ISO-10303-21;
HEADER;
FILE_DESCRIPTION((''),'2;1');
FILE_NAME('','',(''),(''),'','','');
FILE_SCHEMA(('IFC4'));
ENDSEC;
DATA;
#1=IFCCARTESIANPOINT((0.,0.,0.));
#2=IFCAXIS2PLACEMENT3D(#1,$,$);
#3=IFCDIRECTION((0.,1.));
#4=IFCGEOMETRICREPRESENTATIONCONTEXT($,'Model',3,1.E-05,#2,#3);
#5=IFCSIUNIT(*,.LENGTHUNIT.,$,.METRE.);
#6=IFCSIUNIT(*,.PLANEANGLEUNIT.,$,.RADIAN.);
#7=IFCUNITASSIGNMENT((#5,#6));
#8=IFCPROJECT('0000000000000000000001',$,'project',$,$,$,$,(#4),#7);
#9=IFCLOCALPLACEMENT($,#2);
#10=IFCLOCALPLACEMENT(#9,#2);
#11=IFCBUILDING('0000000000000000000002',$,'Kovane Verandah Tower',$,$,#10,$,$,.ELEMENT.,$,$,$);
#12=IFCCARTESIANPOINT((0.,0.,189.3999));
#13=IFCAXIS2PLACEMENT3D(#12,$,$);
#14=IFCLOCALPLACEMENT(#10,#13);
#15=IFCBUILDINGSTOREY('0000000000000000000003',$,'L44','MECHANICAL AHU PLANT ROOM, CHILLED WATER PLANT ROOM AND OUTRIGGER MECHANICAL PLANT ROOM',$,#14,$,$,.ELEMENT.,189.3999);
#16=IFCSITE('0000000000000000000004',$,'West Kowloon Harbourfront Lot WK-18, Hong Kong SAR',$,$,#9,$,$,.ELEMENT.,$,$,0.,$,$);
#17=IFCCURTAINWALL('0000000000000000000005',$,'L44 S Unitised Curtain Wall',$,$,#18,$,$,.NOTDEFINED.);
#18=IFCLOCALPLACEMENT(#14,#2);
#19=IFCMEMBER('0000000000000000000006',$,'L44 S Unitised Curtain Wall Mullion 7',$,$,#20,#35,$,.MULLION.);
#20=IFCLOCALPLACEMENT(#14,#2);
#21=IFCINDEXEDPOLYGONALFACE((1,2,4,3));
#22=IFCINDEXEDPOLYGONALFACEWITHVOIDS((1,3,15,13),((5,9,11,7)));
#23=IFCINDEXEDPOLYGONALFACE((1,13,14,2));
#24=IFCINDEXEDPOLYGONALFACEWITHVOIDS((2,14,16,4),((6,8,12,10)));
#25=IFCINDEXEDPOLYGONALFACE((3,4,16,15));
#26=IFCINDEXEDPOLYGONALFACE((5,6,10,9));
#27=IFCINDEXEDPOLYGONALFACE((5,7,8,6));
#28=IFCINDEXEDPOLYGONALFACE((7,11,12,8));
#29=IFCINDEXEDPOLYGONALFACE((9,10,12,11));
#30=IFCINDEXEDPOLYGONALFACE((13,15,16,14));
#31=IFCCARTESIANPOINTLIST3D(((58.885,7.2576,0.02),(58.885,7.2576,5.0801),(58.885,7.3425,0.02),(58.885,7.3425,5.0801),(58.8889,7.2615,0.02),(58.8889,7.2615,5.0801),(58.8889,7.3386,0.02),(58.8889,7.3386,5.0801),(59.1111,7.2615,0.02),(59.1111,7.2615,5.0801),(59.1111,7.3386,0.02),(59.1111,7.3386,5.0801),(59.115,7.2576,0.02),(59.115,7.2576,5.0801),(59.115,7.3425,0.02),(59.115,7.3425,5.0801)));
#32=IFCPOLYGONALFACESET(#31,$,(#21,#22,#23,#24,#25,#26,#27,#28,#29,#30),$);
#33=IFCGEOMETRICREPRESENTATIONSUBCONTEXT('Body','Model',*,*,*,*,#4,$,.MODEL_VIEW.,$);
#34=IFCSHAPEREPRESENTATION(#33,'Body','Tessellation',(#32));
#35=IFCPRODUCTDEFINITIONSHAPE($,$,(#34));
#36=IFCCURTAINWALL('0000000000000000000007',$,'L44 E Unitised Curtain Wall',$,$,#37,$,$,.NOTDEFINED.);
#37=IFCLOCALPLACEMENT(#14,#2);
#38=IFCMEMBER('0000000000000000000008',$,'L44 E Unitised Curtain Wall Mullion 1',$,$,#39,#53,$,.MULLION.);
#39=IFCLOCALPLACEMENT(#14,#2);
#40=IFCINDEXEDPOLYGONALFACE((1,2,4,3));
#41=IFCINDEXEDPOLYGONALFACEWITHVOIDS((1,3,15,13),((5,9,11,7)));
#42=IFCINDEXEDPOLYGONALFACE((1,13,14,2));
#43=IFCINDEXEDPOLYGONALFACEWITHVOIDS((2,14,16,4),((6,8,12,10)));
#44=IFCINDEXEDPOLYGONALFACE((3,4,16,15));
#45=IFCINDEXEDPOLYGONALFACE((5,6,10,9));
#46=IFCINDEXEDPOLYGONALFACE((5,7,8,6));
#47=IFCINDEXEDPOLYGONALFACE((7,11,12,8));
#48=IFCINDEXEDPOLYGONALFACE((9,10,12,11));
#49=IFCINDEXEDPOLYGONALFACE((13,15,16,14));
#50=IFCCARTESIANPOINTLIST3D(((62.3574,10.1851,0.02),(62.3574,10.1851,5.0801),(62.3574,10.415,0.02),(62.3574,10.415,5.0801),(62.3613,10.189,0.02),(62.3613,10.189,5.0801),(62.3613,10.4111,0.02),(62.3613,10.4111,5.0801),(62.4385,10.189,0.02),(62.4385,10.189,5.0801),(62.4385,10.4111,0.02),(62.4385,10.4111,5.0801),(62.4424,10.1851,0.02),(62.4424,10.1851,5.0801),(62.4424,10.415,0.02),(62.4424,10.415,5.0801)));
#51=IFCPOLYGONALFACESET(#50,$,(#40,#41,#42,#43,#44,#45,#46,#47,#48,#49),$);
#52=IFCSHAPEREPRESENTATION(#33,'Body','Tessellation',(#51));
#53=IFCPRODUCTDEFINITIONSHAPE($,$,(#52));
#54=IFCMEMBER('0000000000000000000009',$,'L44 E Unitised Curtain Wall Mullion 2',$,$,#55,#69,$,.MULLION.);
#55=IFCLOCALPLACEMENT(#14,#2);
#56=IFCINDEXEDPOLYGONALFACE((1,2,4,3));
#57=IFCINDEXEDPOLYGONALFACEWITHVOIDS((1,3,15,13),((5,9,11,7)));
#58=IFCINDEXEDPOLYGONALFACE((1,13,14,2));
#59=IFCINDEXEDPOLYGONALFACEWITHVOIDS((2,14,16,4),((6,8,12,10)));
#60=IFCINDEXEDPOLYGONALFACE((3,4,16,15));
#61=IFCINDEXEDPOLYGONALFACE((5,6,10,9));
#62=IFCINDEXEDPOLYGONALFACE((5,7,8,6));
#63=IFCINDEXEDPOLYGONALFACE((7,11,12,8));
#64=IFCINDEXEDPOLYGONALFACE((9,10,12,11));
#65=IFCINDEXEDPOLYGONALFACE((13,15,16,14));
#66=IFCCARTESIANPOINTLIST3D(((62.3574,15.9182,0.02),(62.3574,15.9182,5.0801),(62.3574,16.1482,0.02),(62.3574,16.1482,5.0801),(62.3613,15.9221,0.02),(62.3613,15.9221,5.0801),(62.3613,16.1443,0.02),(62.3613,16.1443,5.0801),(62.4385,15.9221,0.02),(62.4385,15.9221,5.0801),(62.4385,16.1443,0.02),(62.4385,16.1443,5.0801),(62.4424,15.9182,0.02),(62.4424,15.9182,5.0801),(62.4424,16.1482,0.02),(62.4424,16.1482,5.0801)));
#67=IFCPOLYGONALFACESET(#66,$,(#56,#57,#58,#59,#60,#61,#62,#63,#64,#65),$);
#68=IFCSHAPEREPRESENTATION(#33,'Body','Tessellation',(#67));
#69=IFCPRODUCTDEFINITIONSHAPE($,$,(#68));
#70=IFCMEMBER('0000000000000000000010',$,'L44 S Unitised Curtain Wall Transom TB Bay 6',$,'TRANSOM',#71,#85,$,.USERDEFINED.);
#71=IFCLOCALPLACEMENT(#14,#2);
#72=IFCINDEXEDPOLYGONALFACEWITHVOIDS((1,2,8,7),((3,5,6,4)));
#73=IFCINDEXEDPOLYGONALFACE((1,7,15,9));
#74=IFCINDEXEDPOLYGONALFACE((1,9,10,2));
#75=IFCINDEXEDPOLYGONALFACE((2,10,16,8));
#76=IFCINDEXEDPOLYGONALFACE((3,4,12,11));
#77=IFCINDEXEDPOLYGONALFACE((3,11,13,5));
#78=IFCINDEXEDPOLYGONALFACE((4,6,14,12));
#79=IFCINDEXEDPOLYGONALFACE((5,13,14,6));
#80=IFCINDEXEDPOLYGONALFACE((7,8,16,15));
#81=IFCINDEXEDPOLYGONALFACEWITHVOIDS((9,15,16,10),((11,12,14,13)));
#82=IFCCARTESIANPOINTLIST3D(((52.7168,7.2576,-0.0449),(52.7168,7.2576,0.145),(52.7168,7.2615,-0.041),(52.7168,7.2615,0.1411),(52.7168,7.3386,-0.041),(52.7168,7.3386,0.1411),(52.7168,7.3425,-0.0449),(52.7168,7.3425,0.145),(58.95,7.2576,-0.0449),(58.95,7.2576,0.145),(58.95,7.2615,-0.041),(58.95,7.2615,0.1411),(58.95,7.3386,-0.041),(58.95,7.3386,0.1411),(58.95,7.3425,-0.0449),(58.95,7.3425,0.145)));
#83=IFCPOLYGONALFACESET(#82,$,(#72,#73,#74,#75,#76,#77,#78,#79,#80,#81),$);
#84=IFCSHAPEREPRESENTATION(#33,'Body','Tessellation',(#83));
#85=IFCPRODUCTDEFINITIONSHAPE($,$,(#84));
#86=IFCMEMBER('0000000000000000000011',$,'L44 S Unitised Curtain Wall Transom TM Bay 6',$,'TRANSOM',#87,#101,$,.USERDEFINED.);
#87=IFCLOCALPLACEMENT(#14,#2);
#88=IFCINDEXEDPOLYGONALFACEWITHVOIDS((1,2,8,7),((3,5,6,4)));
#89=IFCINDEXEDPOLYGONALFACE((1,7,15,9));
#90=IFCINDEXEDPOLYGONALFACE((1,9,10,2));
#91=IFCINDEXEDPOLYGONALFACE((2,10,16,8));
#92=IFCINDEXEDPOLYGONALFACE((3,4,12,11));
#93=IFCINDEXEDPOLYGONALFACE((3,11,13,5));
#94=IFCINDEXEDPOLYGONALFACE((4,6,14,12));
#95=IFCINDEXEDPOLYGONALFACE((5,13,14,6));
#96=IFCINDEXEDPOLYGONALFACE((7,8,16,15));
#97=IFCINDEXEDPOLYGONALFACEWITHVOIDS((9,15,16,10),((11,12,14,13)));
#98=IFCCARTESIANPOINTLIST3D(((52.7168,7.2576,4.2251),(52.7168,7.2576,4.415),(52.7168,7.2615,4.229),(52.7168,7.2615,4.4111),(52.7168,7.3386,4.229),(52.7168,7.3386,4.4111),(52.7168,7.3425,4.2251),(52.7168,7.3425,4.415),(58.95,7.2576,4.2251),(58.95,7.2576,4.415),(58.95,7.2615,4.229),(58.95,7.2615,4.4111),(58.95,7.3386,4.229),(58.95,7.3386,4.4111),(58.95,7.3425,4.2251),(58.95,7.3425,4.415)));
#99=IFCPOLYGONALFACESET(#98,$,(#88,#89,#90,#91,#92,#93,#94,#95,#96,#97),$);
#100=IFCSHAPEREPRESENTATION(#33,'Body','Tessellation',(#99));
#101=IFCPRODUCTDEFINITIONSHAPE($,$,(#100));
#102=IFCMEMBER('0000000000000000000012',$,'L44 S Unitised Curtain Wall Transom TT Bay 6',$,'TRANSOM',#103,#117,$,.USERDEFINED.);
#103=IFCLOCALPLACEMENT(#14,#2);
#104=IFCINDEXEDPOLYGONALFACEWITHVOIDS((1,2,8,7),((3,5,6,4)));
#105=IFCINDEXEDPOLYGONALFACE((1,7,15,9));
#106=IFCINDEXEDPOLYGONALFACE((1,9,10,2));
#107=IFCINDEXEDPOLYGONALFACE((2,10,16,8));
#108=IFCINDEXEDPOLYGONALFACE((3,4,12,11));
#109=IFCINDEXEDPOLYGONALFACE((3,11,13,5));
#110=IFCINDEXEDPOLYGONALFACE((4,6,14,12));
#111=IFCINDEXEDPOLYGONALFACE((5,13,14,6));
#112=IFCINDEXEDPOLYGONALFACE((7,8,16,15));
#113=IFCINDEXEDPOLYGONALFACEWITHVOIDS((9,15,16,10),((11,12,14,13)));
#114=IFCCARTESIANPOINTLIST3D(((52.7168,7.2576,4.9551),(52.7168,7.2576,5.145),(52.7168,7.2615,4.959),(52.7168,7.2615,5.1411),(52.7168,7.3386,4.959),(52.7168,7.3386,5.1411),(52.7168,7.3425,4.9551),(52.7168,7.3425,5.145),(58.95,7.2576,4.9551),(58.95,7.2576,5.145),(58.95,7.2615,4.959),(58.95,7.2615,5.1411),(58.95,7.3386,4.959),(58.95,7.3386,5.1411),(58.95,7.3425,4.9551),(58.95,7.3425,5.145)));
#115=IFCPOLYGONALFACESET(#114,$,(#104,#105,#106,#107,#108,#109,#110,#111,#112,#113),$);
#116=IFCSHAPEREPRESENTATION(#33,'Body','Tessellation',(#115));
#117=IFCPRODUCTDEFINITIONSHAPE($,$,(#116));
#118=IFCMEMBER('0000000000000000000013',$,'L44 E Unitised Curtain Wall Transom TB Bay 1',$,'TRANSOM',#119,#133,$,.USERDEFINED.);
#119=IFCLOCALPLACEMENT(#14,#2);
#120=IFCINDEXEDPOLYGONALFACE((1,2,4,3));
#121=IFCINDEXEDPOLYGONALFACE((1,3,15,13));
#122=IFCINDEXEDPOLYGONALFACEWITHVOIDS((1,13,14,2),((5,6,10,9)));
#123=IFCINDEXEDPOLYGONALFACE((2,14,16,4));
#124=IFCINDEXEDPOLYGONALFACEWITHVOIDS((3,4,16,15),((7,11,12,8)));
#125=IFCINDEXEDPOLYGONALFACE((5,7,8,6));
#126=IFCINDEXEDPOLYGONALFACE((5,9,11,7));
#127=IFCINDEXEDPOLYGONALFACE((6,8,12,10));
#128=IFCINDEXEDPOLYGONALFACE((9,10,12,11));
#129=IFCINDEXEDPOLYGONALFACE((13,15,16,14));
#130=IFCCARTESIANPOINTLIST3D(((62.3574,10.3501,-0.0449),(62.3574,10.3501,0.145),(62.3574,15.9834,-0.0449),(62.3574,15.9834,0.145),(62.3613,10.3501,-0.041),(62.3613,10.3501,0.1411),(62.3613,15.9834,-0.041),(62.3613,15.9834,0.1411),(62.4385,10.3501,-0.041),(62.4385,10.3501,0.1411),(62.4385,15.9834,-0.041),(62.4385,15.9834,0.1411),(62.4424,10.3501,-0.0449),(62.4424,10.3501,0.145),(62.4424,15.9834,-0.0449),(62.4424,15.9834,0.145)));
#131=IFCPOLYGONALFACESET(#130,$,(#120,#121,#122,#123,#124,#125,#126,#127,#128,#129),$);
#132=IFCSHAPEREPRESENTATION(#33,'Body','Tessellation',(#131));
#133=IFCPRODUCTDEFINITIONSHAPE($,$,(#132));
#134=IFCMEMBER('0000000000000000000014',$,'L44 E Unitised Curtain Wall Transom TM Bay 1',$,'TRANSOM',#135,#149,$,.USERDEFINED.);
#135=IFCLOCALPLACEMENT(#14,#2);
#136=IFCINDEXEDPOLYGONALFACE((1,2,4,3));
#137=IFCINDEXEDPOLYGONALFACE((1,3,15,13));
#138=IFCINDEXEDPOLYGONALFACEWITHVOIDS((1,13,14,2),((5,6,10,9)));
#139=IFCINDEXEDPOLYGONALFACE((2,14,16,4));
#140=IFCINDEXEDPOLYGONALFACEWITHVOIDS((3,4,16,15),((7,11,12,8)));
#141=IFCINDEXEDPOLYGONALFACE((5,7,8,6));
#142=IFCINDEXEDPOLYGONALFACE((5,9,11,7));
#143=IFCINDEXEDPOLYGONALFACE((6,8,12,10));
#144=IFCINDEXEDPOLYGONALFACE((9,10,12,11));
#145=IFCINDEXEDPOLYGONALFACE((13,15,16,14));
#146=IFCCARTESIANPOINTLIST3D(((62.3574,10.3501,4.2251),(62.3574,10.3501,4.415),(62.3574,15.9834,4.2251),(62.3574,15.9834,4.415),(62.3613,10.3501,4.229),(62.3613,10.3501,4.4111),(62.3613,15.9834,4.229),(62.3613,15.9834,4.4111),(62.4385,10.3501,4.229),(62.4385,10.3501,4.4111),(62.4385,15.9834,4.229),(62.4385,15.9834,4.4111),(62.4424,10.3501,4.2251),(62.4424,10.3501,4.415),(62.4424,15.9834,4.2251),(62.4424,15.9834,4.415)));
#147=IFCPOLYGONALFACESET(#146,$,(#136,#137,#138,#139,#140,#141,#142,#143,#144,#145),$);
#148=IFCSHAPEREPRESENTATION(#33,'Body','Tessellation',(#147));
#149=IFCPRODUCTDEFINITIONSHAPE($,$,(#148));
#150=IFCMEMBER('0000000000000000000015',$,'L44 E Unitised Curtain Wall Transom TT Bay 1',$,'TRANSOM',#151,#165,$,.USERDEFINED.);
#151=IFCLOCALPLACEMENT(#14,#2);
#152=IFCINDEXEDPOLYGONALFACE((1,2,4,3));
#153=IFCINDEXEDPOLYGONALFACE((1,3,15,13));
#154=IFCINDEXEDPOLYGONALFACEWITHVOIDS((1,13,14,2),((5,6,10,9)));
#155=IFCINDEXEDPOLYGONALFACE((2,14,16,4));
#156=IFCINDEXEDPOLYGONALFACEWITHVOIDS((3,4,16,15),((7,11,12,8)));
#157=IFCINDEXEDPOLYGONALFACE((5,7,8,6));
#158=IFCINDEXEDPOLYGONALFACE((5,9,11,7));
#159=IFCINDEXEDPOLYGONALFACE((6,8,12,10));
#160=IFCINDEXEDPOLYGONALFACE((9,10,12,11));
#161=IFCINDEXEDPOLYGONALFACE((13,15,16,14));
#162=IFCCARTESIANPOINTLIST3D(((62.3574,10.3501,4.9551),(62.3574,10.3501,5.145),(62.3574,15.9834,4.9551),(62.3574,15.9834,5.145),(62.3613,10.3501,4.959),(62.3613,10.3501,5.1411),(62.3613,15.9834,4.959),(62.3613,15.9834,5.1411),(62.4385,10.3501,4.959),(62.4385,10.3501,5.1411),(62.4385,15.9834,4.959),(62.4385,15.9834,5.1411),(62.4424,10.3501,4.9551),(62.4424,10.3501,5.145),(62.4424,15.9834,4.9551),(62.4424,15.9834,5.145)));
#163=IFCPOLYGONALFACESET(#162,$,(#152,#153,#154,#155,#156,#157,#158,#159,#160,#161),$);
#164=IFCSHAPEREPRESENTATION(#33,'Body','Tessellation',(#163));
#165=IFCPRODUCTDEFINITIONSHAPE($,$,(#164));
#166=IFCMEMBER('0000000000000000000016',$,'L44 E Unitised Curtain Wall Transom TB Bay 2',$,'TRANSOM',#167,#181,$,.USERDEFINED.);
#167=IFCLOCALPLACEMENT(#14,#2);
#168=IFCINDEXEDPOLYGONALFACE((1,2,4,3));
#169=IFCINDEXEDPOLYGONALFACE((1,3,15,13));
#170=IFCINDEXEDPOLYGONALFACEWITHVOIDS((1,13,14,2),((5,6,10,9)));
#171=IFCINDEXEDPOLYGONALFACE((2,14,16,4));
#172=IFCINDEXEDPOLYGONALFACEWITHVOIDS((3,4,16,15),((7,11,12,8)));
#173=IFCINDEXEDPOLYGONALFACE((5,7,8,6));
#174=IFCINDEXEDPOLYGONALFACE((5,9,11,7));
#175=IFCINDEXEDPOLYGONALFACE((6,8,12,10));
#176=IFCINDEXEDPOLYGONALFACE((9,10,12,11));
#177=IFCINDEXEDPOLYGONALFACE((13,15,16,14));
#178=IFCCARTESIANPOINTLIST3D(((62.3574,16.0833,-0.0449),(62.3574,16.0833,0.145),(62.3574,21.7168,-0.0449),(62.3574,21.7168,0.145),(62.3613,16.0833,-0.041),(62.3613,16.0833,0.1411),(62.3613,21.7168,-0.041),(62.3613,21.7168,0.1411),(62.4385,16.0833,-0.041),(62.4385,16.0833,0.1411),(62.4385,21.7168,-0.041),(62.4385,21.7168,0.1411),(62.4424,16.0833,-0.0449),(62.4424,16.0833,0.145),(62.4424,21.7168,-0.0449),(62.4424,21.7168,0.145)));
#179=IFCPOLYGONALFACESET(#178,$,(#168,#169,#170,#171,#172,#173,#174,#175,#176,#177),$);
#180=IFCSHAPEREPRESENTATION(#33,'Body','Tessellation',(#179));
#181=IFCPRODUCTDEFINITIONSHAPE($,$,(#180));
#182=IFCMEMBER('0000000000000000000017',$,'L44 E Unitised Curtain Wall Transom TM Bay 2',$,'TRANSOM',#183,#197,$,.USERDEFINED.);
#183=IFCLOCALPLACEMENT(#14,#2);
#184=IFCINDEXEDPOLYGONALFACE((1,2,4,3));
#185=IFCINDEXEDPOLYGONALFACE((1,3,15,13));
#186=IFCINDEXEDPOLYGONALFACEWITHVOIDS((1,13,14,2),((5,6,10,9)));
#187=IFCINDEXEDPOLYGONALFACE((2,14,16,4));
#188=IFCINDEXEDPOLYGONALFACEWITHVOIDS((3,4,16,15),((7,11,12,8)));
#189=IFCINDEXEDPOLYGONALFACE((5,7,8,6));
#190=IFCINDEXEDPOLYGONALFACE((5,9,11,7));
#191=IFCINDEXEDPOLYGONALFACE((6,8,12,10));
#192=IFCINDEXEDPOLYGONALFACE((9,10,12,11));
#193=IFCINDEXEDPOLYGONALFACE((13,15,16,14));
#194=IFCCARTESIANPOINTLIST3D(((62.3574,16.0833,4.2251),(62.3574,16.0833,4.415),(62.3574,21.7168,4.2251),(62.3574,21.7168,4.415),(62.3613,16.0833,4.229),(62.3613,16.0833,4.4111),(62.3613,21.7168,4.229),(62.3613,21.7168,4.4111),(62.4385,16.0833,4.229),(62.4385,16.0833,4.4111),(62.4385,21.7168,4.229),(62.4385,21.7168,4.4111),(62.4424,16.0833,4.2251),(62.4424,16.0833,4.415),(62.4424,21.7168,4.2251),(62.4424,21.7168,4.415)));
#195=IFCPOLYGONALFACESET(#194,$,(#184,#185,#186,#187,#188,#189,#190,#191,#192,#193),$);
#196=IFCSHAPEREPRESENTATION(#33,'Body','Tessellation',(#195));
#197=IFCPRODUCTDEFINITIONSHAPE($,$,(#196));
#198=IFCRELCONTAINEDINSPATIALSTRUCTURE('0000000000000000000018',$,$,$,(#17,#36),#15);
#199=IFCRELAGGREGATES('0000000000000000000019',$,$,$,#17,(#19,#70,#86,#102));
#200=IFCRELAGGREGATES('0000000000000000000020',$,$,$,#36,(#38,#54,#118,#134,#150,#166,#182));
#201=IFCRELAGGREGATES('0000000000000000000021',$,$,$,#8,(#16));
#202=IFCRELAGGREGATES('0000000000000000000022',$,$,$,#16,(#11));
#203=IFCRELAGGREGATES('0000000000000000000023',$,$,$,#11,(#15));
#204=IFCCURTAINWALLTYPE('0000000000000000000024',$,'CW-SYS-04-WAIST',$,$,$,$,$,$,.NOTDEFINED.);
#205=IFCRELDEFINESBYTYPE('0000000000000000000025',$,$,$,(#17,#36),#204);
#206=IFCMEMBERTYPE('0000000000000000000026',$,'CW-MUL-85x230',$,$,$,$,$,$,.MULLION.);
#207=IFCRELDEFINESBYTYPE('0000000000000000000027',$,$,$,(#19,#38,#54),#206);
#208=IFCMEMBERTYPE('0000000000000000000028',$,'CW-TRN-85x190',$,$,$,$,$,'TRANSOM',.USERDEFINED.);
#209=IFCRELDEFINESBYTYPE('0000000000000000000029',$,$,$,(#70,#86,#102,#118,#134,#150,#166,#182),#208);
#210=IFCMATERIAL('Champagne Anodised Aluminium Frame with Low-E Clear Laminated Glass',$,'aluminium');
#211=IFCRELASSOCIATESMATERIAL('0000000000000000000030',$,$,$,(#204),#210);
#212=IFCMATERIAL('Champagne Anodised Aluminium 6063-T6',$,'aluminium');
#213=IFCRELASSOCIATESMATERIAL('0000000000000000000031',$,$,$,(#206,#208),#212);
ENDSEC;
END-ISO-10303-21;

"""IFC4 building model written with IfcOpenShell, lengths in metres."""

from ifc_helpers import new_model, si_unit, direction, frame, origin, origin_2d, place, context, subcontext, project, spatial, hollow_rectangle, extrude, material, material_profile, profile_set, type_object, element, aggregate, save


model = new_model("IFC4")

# Units and contexts
model_context = context("Model", 3, precision=1e-05, world=origin(), true_north=direction((0.0, 1.0)))
body_context = subcontext(model_context, "Body", "Model", "MODEL_VIEW")
ifc_project = project(units=[si_unit("LENGTHUNIT", "METRE"), si_unit("PLANEANGLEUNIT", "RADIAN")], contexts=[model_context])

# Site, building, storey
site_placement = place(None, origin())
site = spatial("IfcSite", under=ifc_project, at=site_placement, Name="West Kowloon Harbourfront Lot WK-18, Hong Kong SAR", CompositionType="ELEMENT", RefElevation=0.0)
building_placement = place(site_placement, origin())
building = spatial("IfcBuilding", under=site, at=building_placement, Name="Kovane Verandah Tower", CompositionType="ELEMENT")
storey_placement = place(building_placement, frame((0.0, 0.0, 189.3999)))
storey = spatial("IfcBuildingStorey", under=building, at=storey_placement, Name="L44", Description="MECHANICAL AHU PLANT ROOM, CHILLED WATER PLANT ROOM AND OUTRIGGER MECHANICAL PLANT ROOM", CompositionType="ELEMENT", Elevation=189.3999)

# Curtain walls, members
ifc_material_1 = material(Name="Champagne Anodised Aluminium Frame with Low-E Clear Laminated Glass", Category="aluminium")
curtain_wall_type = type_object("IfcCurtainWallType", Name="CW-SYS-04-WAIST", PredefinedType="NOTDEFINED", material=ifc_material_1)
curtain_wall_1_placement = place(storey_placement, origin())
curtain_wall_1 = element("IfcCurtainWall", 1, at=curtain_wall_1_placement, inside=storey, type_object=curtain_wall_type, Name="L44 S Unitised Curtain Wall", PredefinedType="NOTDEFINED")
ifc_material_2 = material(Name="Champagne Anodised Aluminium 6063-T6", Category="aluminium")
ifc_material_profile_1 = material_profile(ifc_material_2, hollow_rectangle(XDim=0.085, YDim=0.23, WallThickness=0.0039, at=origin_2d()), Name="AL85x230x4")
ifc_profile_set_1 = profile_set([ifc_material_profile_1], Name="Champagne Anodised Aluminium 6063-T6")
member_type_1 = type_object("IfcMemberType", Name="CW-MUL-85x230", PredefinedType="MULLION", material=ifc_profile_set_1)
member_1_placement = place(storey_placement, frame((59.0, 7.3, 0.02), z_axis=(0.0, 0.0, 1.0), x_axis=(0.0, -1.0, 0.0)))
member_1 = element("IfcMember", 2, at=member_1_placement, type_object=member_type_1, Name="L44 S Unitised Curtain Wall Mullion 7", PredefinedType="MULLION", context=body_context, shape_type="SweptSolid", body=[
    extrude(hollow_rectangle(XDim=0.085, YDim=0.23, WallThickness=0.0039, at=origin_2d()), origin(), (0.0, 0.0, 1.0), 5.0601),
])
curtain_wall_2_placement = place(storey_placement, origin())
curtain_wall_2 = element("IfcCurtainWall", 3, at=curtain_wall_2_placement, inside=storey, type_object=curtain_wall_type, Name="L44 E Unitised Curtain Wall", PredefinedType="NOTDEFINED")
member_2_placement = place(storey_placement, frame((62.3999, 10.3, 0.02), z_axis=(0.0, 0.0, 1.0), x_axis=(1.0, 0.0, 0.0)))
member_2 = element("IfcMember", 4, at=member_2_placement, type_object=member_type_1, Name="L44 E Unitised Curtain Wall Mullion 1", PredefinedType="MULLION", context=body_context, shape_type="SweptSolid", body=[
    extrude(hollow_rectangle(XDim=0.085, YDim=0.23, WallThickness=0.0039, at=origin_2d()), origin(), (0.0, 0.0, 1.0), 5.0601),
])
member_3_placement = place(storey_placement, frame((62.3999, 16.0332, 0.02), z_axis=(0.0, 0.0, 1.0), x_axis=(1.0, 0.0, 0.0)))
member_3 = element("IfcMember", 5, at=member_3_placement, type_object=member_type_1, Name="L44 E Unitised Curtain Wall Mullion 2", PredefinedType="MULLION", context=body_context, shape_type="SweptSolid", body=[
    extrude(hollow_rectangle(XDim=0.085, YDim=0.23, WallThickness=0.0039, at=origin_2d()), origin(), (0.0, 0.0, 1.0), 5.0601),
])

# Members
ifc_material_profile_2 = material_profile(ifc_material_2, hollow_rectangle(XDim=0.085, YDim=0.1899, WallThickness=0.0039, at=origin_2d()), Name="AL85x190x4")
ifc_profile_set_2 = profile_set([ifc_material_profile_2], Name="Champagne Anodised Aluminium 6063-T6")
member_type_2 = type_object("IfcMemberType", Name="CW-TRN-85x190", ElementType="TRANSOM", PredefinedType="USERDEFINED", material=ifc_profile_set_2)
member_4_placement = place(storey_placement, frame((52.7168, 7.3, 0.05), z_axis=(1.0, 0.0, 0.0), x_axis=(0.0, 1.0, 0.0)))
member_4 = element("IfcMember", 6, at=member_4_placement, type_object=member_type_2, Name="L44 S Unitised Curtain Wall Transom TB Bay 6", ObjectType="TRANSOM", PredefinedType="USERDEFINED", context=body_context, shape_type="SweptSolid", body=[
    extrude(hollow_rectangle(XDim=0.085, YDim=0.1899, WallThickness=0.0039, at=origin_2d()), origin(), (0.0, 0.0, 1.0), 6.2332),
])
member_5_placement = place(storey_placement, frame((52.7168, 7.3, 4.3201), z_axis=(1.0, 0.0, 0.0), x_axis=(0.0, 1.0, 0.0)))
member_5 = element("IfcMember", 7, at=member_5_placement, type_object=member_type_2, Name="L44 S Unitised Curtain Wall Transom TM Bay 6", ObjectType="TRANSOM", PredefinedType="USERDEFINED", context=body_context, shape_type="SweptSolid", body=[
    extrude(hollow_rectangle(XDim=0.085, YDim=0.1899, WallThickness=0.0039, at=origin_2d()), origin(), (0.0, 0.0, 1.0), 6.2332),
])
member_6_placement = place(storey_placement, frame((52.7168, 7.3, 5.05), z_axis=(1.0, 0.0, 0.0), x_axis=(0.0, 1.0, 0.0)))
member_6 = element("IfcMember", 8, at=member_6_placement, type_object=member_type_2, Name="L44 S Unitised Curtain Wall Transom TT Bay 6", ObjectType="TRANSOM", PredefinedType="USERDEFINED", context=body_context, shape_type="SweptSolid", body=[
    extrude(hollow_rectangle(XDim=0.085, YDim=0.1899, WallThickness=0.0039, at=origin_2d()), origin(), (0.0, 0.0, 1.0), 6.2332),
])
member_7_placement = place(storey_placement, frame((62.3999, 10.3501, 0.05), z_axis=(0.0, 1.0, 0.0), x_axis=(-1.0, 0.0, 0.0)))
member_7 = element("IfcMember", 9, at=member_7_placement, type_object=member_type_2, Name="L44 E Unitised Curtain Wall Transom TB Bay 1", ObjectType="TRANSOM", PredefinedType="USERDEFINED", context=body_context, shape_type="SweptSolid", body=[
    extrude(hollow_rectangle(XDim=0.085, YDim=0.1899, WallThickness=0.0039, at=origin_2d()), origin(), (0.0, 0.0, 1.0), 5.6333),
])
member_8_placement = place(storey_placement, frame((62.3999, 10.3501, 4.3201), z_axis=(0.0, 1.0, 0.0), x_axis=(-1.0, 0.0, 0.0)))
member_8 = element("IfcMember", 10, at=member_8_placement, type_object=member_type_2, Name="L44 E Unitised Curtain Wall Transom TM Bay 1", ObjectType="TRANSOM", PredefinedType="USERDEFINED", context=body_context, shape_type="SweptSolid", body=[
    extrude(hollow_rectangle(XDim=0.085, YDim=0.1899, WallThickness=0.0039, at=origin_2d()), origin(), (0.0, 0.0, 1.0), 5.6333),
])
member_9_placement = place(storey_placement, frame((62.3999, 10.3501, 5.05), z_axis=(0.0, 1.0, 0.0), x_axis=(-1.0, 0.0, 0.0)))
member_9 = element("IfcMember", 11, at=member_9_placement, type_object=member_type_2, Name="L44 E Unitised Curtain Wall Transom TT Bay 1", ObjectType="TRANSOM", PredefinedType="USERDEFINED", context=body_context, shape_type="SweptSolid", body=[
    extrude(hollow_rectangle(XDim=0.085, YDim=0.1899, WallThickness=0.0039, at=origin_2d()), origin(), (0.0, 0.0, 1.0), 5.6333),
])
member_10_placement = place(storey_placement, frame((62.3999, 16.0833, 0.05), z_axis=(0.0, 1.0, 0.0), x_axis=(-1.0, 0.0, 0.0)))
member_10 = element("IfcMember", 12, at=member_10_placement, type_object=member_type_2, Name="L44 E Unitised Curtain Wall Transom TB Bay 2", ObjectType="TRANSOM", PredefinedType="USERDEFINED", context=body_context, shape_type="SweptSolid", body=[
    extrude(hollow_rectangle(XDim=0.085, YDim=0.1899, WallThickness=0.0039, at=origin_2d()), origin(), (0.0, 0.0, 1.0), 5.6335),
])
member_11_placement = place(storey_placement, frame((62.3999, 16.0833, 4.3201), z_axis=(0.0, 1.0, 0.0), x_axis=(-1.0, 0.0, 0.0)))
member_11 = element("IfcMember", 13, at=member_11_placement, type_object=member_type_2, Name="L44 E Unitised Curtain Wall Transom TM Bay 2", ObjectType="TRANSOM", PredefinedType="USERDEFINED", context=body_context, shape_type="SweptSolid", body=[
    extrude(hollow_rectangle(XDim=0.085, YDim=0.1899, WallThickness=0.0039, at=origin_2d()), origin(), (0.0, 0.0, 1.0), 5.6335),
])

aggregate(curtain_wall_1, [member_1, member_4, member_5, member_6])
aggregate(curtain_wall_2, [member_2, member_3, member_7, member_8, member_9, member_10, member_11])

save(model, "model.ifc")
